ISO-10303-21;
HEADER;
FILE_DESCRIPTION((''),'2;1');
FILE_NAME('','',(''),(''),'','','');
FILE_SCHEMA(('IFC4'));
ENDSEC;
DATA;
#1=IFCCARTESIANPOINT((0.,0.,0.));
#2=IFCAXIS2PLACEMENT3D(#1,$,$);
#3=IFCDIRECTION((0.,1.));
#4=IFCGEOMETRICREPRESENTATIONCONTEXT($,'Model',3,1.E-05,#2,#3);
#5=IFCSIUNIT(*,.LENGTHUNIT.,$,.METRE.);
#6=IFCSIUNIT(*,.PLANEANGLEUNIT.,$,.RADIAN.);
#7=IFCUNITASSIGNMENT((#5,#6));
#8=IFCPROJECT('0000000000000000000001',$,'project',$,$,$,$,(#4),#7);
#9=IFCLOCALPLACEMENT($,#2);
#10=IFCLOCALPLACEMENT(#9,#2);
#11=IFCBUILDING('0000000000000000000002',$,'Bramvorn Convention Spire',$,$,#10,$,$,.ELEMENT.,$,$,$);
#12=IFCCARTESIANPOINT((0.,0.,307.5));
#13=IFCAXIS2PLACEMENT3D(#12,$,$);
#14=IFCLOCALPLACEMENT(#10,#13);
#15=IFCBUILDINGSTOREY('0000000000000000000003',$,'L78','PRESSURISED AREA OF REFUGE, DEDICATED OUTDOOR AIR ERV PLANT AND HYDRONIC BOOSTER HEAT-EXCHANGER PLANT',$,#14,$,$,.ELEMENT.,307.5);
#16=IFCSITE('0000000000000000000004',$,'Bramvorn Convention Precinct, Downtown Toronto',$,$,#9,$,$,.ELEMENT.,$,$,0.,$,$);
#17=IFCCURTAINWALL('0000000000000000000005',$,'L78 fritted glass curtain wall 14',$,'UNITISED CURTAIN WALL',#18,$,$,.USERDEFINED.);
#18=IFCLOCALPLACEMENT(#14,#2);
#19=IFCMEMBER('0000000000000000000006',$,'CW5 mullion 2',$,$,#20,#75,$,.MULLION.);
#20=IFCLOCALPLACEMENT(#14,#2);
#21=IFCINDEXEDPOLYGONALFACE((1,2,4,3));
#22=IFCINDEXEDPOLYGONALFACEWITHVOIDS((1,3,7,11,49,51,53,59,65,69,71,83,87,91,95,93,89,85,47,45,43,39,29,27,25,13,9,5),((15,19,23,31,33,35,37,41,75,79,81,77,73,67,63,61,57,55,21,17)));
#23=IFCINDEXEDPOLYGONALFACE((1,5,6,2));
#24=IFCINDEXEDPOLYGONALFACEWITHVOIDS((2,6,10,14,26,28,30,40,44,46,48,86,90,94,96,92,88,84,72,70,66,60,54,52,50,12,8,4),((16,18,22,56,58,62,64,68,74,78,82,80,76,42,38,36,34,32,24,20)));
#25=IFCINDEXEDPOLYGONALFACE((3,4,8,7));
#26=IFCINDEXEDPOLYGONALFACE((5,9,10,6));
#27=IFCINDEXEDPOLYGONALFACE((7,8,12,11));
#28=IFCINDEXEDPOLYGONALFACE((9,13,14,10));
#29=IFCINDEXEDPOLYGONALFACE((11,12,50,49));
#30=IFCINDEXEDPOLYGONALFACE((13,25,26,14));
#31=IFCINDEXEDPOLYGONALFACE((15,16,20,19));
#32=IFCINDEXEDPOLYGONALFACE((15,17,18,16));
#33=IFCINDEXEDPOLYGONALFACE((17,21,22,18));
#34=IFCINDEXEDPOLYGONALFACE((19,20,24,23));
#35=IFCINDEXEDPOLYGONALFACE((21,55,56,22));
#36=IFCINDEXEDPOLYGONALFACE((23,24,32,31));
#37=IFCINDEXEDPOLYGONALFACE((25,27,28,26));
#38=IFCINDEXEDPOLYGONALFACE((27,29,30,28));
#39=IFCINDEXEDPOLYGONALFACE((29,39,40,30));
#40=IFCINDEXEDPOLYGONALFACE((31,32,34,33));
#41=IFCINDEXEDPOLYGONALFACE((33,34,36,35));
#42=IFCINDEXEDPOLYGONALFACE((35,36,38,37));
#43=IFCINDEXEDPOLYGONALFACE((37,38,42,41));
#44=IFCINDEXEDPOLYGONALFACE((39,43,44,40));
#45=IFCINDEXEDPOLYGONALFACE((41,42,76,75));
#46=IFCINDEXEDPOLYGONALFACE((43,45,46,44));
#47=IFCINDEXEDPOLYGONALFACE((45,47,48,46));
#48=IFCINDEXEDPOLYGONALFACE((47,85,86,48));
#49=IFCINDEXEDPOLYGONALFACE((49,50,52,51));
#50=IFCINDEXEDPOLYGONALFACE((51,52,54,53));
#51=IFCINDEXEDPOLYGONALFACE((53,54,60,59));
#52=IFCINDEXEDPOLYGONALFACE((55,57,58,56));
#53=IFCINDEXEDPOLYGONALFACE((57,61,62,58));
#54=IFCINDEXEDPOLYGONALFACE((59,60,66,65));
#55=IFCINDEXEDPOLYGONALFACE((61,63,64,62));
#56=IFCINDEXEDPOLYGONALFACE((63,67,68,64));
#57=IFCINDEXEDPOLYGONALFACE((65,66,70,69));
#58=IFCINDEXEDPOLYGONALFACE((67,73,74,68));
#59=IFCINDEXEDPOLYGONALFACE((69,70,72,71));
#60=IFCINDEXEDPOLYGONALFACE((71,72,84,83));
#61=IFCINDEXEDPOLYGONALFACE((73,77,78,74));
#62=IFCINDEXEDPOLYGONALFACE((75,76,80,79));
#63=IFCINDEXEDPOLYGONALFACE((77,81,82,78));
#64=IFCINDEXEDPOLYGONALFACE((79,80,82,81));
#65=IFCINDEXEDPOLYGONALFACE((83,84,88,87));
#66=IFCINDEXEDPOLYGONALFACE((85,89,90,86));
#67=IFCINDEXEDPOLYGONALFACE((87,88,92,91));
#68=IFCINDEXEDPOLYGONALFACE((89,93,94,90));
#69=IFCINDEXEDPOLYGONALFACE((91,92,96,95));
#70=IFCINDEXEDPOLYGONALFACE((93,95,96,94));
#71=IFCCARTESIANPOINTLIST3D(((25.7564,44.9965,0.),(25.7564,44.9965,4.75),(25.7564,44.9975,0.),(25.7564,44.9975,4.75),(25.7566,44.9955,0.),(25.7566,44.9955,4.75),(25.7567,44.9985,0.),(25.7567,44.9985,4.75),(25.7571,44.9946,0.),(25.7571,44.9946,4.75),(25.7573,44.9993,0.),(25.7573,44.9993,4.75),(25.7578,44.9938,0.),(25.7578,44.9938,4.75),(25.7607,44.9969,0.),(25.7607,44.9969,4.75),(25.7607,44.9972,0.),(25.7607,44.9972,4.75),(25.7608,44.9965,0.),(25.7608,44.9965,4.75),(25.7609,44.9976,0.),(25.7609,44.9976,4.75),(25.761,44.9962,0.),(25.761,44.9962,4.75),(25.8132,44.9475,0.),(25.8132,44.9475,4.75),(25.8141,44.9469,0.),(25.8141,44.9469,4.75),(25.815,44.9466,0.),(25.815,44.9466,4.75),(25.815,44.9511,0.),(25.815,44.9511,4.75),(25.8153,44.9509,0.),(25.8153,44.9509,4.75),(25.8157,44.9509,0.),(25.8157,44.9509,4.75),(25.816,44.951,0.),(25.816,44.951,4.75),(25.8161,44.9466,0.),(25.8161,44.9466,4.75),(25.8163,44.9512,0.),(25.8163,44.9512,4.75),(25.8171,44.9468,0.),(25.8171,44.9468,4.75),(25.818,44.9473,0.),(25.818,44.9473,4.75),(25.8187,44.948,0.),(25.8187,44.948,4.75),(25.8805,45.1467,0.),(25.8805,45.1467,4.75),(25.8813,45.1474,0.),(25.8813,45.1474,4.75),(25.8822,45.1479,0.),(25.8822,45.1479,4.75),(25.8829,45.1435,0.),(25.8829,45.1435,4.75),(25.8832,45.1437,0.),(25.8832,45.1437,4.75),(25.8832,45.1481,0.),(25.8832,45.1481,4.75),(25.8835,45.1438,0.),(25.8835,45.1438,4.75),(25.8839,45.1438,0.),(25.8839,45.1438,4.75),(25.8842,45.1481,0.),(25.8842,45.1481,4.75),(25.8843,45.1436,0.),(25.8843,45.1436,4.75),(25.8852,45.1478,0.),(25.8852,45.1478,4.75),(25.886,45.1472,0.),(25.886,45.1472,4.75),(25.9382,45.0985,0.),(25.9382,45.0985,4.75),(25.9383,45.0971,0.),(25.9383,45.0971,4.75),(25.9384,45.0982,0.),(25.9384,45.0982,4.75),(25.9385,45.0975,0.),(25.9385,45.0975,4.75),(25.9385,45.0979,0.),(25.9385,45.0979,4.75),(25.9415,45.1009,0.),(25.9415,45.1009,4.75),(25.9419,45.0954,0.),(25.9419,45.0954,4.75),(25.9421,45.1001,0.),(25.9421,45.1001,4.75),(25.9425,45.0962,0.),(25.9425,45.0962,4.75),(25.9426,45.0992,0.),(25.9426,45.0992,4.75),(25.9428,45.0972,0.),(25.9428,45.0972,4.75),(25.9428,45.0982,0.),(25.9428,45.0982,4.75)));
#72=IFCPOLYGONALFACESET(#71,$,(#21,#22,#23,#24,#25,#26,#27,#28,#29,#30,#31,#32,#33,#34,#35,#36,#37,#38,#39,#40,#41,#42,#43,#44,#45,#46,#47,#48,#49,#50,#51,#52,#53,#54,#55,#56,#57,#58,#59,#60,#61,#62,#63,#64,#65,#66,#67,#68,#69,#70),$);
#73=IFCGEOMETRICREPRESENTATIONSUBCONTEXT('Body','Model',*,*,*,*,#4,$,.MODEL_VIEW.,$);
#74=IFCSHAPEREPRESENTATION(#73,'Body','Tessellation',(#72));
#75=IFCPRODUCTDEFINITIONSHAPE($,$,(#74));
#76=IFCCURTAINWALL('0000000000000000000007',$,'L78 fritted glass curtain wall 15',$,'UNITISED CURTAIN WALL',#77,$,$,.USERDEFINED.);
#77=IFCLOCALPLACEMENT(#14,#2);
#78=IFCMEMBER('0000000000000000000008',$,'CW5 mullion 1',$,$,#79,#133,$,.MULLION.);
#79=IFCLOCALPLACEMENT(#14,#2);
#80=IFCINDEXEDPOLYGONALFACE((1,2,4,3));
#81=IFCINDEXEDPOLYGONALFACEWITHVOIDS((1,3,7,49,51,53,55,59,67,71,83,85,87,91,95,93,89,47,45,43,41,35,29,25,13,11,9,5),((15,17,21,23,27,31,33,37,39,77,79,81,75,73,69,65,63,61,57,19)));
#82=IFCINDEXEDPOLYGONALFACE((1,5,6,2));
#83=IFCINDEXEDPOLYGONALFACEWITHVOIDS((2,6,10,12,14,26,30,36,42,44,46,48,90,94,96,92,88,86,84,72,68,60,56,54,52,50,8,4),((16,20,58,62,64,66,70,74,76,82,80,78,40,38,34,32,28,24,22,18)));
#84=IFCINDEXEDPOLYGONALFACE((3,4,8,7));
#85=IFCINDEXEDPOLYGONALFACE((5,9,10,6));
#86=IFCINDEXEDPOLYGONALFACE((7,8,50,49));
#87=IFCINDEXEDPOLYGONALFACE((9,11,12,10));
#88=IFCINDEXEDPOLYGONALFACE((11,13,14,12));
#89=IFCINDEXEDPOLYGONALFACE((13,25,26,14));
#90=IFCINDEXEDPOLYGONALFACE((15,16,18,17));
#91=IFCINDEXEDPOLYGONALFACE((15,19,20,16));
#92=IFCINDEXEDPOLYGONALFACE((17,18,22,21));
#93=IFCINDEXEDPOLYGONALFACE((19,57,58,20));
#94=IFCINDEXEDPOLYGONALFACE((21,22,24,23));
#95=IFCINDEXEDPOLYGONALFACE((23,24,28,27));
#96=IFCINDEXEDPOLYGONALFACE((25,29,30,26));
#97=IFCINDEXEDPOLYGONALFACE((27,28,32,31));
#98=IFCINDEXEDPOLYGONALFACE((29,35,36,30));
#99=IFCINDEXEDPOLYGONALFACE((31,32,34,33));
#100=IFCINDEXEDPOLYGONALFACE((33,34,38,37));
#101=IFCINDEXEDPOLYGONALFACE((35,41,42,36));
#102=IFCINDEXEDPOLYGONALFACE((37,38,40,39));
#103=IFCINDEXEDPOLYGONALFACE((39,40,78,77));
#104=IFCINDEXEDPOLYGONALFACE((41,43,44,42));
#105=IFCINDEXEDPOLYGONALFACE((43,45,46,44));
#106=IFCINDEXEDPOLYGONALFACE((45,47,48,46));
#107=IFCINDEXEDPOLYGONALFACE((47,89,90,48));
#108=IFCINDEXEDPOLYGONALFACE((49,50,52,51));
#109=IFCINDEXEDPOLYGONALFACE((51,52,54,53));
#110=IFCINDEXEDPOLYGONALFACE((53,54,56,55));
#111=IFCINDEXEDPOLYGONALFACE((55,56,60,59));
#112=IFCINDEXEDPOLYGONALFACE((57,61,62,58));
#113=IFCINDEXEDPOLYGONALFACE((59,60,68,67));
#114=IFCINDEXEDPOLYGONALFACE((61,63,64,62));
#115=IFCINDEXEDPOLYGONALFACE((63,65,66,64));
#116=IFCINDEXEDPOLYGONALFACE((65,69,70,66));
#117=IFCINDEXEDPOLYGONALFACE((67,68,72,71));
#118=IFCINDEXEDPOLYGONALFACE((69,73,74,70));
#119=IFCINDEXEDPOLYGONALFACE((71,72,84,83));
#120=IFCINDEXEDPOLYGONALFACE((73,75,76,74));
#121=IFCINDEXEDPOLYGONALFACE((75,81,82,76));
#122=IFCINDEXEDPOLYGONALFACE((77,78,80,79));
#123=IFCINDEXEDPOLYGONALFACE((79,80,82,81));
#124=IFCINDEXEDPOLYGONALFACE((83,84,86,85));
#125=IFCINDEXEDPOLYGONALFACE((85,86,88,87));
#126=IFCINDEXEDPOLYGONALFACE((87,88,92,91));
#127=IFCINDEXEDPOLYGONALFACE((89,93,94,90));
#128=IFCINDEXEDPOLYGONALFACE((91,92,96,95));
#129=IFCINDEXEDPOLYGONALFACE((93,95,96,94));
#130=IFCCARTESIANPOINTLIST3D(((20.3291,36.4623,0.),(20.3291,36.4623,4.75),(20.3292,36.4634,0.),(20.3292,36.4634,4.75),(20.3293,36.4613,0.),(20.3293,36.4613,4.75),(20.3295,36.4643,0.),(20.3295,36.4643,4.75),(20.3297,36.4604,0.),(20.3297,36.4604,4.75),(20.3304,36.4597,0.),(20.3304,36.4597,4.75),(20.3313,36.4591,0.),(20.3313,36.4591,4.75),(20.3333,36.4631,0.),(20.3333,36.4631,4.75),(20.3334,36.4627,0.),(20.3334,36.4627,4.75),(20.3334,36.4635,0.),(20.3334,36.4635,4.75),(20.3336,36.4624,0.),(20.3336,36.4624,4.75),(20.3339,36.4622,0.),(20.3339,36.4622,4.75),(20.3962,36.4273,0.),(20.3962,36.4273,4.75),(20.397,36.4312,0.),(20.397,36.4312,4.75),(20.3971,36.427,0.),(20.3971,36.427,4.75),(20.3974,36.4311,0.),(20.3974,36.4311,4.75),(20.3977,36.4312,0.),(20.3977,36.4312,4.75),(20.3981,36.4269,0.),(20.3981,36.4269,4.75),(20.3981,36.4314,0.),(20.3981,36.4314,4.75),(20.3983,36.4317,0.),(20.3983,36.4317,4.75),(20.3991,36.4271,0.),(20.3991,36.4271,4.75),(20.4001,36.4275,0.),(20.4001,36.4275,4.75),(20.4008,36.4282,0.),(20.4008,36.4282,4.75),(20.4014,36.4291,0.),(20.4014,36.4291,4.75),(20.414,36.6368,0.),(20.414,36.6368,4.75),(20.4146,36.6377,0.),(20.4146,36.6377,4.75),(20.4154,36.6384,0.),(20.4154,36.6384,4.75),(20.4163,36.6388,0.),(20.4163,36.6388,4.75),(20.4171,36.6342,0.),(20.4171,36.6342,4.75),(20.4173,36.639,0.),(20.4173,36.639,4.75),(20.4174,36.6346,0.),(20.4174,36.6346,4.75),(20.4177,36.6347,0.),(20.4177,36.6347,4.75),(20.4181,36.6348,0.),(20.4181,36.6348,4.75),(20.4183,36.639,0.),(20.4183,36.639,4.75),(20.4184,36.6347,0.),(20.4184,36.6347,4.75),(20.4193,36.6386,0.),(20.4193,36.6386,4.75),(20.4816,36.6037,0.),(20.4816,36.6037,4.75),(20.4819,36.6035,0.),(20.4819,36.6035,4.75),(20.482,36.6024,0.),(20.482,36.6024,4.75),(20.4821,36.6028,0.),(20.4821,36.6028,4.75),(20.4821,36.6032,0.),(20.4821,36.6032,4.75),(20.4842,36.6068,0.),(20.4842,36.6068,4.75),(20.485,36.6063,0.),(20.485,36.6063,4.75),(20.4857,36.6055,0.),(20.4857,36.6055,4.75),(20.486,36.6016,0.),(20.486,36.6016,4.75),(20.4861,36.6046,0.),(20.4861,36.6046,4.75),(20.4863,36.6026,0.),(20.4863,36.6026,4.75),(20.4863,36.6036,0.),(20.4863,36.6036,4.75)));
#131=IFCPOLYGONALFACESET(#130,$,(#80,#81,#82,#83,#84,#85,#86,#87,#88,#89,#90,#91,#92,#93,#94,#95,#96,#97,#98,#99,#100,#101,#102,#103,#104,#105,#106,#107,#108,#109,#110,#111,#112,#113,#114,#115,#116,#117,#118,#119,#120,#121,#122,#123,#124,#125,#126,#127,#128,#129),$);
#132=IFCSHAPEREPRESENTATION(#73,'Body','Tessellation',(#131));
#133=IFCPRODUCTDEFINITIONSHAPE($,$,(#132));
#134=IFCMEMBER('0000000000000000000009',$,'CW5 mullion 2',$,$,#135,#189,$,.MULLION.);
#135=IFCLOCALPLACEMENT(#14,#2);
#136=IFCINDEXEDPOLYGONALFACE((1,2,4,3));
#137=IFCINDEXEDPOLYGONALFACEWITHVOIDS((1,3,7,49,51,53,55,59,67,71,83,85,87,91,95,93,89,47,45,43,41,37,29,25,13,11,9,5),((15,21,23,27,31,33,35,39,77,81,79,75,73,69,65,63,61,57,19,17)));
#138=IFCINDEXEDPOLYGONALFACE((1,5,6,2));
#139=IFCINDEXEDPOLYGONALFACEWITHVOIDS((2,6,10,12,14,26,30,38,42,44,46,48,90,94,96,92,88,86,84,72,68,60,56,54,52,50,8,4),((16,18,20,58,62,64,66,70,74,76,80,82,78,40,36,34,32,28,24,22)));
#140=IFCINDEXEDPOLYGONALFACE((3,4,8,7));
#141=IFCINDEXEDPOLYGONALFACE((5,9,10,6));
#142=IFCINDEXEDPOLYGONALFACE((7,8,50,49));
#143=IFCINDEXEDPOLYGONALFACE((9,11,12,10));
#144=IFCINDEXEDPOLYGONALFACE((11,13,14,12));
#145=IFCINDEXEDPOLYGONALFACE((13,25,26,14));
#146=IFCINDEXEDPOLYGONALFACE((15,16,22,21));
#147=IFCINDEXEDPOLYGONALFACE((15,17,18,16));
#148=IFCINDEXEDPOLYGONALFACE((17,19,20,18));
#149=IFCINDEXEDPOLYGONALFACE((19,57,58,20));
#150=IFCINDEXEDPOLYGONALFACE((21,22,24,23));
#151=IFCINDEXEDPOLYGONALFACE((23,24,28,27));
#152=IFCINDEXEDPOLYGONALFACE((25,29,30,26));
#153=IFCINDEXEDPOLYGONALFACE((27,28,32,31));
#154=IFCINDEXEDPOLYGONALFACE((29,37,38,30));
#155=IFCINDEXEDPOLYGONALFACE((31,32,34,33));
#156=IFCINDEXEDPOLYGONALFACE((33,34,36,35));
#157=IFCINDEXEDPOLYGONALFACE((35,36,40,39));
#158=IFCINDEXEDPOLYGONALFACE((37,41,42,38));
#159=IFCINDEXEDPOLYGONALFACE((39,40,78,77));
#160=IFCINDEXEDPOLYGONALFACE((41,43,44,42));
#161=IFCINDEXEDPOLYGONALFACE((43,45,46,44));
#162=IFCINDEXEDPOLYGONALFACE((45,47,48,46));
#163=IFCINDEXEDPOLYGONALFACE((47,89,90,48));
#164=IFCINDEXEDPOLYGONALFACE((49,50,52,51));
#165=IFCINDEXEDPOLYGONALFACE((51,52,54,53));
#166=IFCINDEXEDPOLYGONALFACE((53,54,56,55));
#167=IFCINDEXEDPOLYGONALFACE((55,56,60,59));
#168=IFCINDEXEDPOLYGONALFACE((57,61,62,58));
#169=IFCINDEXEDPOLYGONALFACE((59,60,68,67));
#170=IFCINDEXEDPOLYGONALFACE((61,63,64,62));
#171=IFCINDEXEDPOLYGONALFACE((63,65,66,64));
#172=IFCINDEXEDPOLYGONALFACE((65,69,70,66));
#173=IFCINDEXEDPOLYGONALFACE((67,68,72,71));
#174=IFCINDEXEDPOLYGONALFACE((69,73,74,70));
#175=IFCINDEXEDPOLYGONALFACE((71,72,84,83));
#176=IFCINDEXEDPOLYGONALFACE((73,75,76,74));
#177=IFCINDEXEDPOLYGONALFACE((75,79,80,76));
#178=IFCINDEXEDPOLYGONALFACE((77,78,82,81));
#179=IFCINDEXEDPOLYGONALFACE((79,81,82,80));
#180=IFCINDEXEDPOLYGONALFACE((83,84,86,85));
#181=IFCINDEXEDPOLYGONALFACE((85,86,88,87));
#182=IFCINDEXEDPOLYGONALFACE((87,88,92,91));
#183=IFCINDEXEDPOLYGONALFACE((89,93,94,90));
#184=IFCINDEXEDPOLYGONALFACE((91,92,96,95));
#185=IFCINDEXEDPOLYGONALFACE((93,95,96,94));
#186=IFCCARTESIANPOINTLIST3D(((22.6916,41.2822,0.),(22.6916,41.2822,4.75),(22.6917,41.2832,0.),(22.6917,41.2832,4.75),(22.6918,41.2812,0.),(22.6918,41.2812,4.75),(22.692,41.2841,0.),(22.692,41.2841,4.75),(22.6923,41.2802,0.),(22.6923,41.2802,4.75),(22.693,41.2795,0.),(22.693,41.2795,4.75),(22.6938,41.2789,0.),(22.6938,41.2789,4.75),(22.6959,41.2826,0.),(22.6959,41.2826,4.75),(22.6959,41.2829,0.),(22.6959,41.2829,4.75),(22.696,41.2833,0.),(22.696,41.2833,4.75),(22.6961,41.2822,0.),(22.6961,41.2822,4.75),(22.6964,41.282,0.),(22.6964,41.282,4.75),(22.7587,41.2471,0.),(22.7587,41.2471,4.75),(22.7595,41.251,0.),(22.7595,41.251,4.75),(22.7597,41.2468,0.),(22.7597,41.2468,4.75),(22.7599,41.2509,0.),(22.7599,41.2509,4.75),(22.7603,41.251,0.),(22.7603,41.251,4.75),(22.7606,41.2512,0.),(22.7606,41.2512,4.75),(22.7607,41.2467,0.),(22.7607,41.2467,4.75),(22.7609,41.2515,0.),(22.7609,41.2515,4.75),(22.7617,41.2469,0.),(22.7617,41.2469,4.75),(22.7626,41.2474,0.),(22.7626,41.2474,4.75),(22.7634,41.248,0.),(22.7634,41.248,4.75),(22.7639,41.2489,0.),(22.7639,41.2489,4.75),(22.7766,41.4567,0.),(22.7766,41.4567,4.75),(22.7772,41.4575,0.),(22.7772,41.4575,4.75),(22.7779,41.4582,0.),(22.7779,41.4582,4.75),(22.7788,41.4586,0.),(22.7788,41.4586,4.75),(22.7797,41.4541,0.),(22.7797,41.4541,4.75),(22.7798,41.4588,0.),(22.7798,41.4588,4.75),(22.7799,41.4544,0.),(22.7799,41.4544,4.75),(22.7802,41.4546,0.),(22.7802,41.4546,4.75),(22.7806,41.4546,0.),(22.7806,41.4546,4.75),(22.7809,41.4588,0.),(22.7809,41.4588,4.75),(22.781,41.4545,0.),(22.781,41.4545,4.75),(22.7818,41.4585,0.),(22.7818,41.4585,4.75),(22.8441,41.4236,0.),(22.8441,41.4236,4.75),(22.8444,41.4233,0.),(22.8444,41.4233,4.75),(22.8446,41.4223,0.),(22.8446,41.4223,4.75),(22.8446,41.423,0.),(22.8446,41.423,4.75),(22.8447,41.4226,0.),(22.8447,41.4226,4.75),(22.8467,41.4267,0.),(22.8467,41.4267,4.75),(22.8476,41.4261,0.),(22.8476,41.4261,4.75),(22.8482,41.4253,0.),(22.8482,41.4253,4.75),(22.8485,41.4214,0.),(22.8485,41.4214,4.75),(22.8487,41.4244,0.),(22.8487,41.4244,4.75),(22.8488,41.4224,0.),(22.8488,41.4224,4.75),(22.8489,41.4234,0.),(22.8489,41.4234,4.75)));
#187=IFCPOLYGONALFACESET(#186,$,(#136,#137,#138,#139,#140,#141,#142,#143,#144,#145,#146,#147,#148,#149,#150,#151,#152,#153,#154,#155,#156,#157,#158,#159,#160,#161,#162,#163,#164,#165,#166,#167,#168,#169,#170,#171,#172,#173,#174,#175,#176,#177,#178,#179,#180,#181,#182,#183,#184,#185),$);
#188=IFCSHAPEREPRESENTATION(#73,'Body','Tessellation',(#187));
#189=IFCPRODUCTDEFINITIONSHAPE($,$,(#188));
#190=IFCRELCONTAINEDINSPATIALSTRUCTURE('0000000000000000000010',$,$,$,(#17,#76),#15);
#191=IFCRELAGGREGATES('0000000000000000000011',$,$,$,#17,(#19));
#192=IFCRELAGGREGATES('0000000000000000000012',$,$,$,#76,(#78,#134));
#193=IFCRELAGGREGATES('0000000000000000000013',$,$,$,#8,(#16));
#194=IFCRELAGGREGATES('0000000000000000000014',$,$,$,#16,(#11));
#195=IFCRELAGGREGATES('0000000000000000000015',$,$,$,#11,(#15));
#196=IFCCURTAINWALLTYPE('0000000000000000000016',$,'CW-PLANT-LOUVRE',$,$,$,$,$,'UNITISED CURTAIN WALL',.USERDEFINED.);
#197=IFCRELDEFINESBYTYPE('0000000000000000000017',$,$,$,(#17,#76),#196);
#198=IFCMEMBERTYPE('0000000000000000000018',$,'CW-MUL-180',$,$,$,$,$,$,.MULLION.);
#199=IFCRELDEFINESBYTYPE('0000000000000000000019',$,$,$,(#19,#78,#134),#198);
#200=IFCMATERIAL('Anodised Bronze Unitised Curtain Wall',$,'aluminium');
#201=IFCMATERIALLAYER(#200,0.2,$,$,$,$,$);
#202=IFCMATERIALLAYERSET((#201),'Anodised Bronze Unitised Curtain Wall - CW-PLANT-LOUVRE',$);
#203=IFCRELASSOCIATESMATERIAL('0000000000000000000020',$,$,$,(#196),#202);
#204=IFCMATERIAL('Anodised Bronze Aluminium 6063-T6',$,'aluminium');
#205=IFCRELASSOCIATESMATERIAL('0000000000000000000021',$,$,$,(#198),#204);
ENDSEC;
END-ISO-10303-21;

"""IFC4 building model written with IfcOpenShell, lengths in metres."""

from ifc_helpers import new_model, si_unit, direction, frame, origin, origin_2d, place, context, subcontext, project, spatial, hollow_rectangle, extrude, material, layer, layer_set, material_profile, profile_set, type_object, element, aggregate, save


model = new_model("IFC4")

# Units and contexts
model_context = context("Model", 3, precision=1e-05, world=origin(), true_north=direction((0.0, 1.0)))
body_context = subcontext(model_context, "Body", "Model", "MODEL_VIEW")
ifc_project = project(units=[si_unit("LENGTHUNIT", "METRE"), si_unit("PLANEANGLEUNIT", "RADIAN")], contexts=[model_context])

# Site, building, storey
site_placement = place(None, origin())
site = spatial("IfcSite", under=ifc_project, at=site_placement, Name="Bramvorn Convention Precinct, Downtown Toronto", CompositionType="ELEMENT", RefElevation=0.0)
building_placement = place(site_placement, origin())
building = spatial("IfcBuilding", under=site, at=building_placement, Name="Bramvorn Convention Spire", CompositionType="ELEMENT")
storey_placement = place(building_placement, frame((0.0, 0.0, 307.5)))
storey = spatial("IfcBuildingStorey", under=building, at=storey_placement, Name="L78", Description="PRESSURISED AREA OF REFUGE, DEDICATED OUTDOOR AIR ERV PLANT AND HYDRONIC BOOSTER HEAT-EXCHANGER PLANT", CompositionType="ELEMENT", Elevation=307.5)

# Shared definitions
ifc_material_1 = material(Name="Anodised Bronze Unitised Curtain Wall", Category="aluminium")
ifc_layer_1 = layer(ifc_material_1, 0.2)
ifc_layer_set_1 = layer_set([ifc_layer_1], Name="Anodised Bronze Unitised Curtain Wall - CW-PLANT-LOUVRE")
curtain_wall_type = type_object("IfcCurtainWallType", Name="CW-PLANT-LOUVRE", ElementType="UNITISED CURTAIN WALL", PredefinedType="USERDEFINED", material=ifc_layer_set_1)
ifc_material_2 = material(Name="Anodised Bronze Aluminium 6063-T6", Category="aluminium")
ifc_material_profile_1 = material_profile(ifc_material_2, hollow_rectangle(XDim=0.0801, YDim=0.2, WallThickness=0.0039, InnerFilletRadius=0.001, OuterFilletRadius=0.0039, at=origin_2d()))
ifc_profile_set_1 = profile_set([ifc_material_profile_1], Name="Anodised Bronze Aluminium 6063-T6 - CWM80X200")
member_type_1 = type_object("IfcMemberType", Name="CW-MUL-180", PredefinedType="MULLION", material=ifc_profile_set_1)

# Curtain walls, members
curtain_wall_1_placement = place(storey_placement, origin())
curtain_wall_1 = element("IfcCurtainWall", 1, at=curtain_wall_1_placement, inside=storey, type_object=curtain_wall_type, Name="L78 fritted glass curtain wall 14", ObjectType="UNITISED CURTAIN WALL", PredefinedType="USERDEFINED")
member_1_placement = place(storey_placement, frame((25.8496, 45.0474, 0.0), z_axis=(0.0, 0.0, 1.0), x_axis=(-0.767206, 0.6414, 0.0)))
member_1 = element("IfcMember", 2, at=member_1_placement, type_object=member_type_1, Name="CW5 mullion 2", PredefinedType="MULLION", context=body_context, shape_type="SweptSolid", body=[
    extrude(hollow_rectangle(XDim=0.0801, YDim=0.2, WallThickness=0.0039, InnerFilletRadius=0.001, OuterFilletRadius=0.0039, at=origin_2d()), origin(), (0.0, 0.0, 1.0), 4.75),
])
curtain_wall_2_placement = place(storey_placement, origin())
curtain_wall_2 = element("IfcCurtainWall", 3, at=curtain_wall_2_placement, inside=storey, type_object=curtain_wall_type, Name="L78 fritted glass curtain wall 15", ObjectType="UNITISED CURTAIN WALL", PredefinedType="USERDEFINED")
member_2_placement = place(storey_placement, frame((20.4077, 36.533, 0.0), z_axis=(0.0, 0.0, 1.0), x_axis=(-0.897929, 0.440139, 0.0)))
member_2 = element("IfcMember", 4, at=member_2_placement, type_object=member_type_1, Name="CW5 mullion 1", PredefinedType="MULLION", context=body_context, shape_type="SweptSolid", body=[
    extrude(hollow_rectangle(XDim=0.0801, YDim=0.2, WallThickness=0.0039, InnerFilletRadius=0.001, OuterFilletRadius=0.0039, at=origin_2d()), origin(), (0.0, 0.0, 1.0), 4.75),
])
member_3_placement = place(storey_placement, frame((22.7703, 41.3528, 0.0), z_axis=(0.0, 0.0, 1.0), x_axis=(-0.897929, 0.440139, 0.0)))
member_3 = element("IfcMember", 5, at=member_3_placement, type_object=member_type_1, Name="CW5 mullion 2", PredefinedType="MULLION", context=body_context, shape_type="SweptSolid", body=[
    extrude(hollow_rectangle(XDim=0.0801, YDim=0.2, WallThickness=0.0039, InnerFilletRadius=0.001, OuterFilletRadius=0.0039, at=origin_2d()), origin(), (0.0, 0.0, 1.0), 4.75),
])

aggregate(curtain_wall_1, [member_1])
aggregate(curtain_wall_2, [member_2, member_3])

save(model, "model.ifc")
